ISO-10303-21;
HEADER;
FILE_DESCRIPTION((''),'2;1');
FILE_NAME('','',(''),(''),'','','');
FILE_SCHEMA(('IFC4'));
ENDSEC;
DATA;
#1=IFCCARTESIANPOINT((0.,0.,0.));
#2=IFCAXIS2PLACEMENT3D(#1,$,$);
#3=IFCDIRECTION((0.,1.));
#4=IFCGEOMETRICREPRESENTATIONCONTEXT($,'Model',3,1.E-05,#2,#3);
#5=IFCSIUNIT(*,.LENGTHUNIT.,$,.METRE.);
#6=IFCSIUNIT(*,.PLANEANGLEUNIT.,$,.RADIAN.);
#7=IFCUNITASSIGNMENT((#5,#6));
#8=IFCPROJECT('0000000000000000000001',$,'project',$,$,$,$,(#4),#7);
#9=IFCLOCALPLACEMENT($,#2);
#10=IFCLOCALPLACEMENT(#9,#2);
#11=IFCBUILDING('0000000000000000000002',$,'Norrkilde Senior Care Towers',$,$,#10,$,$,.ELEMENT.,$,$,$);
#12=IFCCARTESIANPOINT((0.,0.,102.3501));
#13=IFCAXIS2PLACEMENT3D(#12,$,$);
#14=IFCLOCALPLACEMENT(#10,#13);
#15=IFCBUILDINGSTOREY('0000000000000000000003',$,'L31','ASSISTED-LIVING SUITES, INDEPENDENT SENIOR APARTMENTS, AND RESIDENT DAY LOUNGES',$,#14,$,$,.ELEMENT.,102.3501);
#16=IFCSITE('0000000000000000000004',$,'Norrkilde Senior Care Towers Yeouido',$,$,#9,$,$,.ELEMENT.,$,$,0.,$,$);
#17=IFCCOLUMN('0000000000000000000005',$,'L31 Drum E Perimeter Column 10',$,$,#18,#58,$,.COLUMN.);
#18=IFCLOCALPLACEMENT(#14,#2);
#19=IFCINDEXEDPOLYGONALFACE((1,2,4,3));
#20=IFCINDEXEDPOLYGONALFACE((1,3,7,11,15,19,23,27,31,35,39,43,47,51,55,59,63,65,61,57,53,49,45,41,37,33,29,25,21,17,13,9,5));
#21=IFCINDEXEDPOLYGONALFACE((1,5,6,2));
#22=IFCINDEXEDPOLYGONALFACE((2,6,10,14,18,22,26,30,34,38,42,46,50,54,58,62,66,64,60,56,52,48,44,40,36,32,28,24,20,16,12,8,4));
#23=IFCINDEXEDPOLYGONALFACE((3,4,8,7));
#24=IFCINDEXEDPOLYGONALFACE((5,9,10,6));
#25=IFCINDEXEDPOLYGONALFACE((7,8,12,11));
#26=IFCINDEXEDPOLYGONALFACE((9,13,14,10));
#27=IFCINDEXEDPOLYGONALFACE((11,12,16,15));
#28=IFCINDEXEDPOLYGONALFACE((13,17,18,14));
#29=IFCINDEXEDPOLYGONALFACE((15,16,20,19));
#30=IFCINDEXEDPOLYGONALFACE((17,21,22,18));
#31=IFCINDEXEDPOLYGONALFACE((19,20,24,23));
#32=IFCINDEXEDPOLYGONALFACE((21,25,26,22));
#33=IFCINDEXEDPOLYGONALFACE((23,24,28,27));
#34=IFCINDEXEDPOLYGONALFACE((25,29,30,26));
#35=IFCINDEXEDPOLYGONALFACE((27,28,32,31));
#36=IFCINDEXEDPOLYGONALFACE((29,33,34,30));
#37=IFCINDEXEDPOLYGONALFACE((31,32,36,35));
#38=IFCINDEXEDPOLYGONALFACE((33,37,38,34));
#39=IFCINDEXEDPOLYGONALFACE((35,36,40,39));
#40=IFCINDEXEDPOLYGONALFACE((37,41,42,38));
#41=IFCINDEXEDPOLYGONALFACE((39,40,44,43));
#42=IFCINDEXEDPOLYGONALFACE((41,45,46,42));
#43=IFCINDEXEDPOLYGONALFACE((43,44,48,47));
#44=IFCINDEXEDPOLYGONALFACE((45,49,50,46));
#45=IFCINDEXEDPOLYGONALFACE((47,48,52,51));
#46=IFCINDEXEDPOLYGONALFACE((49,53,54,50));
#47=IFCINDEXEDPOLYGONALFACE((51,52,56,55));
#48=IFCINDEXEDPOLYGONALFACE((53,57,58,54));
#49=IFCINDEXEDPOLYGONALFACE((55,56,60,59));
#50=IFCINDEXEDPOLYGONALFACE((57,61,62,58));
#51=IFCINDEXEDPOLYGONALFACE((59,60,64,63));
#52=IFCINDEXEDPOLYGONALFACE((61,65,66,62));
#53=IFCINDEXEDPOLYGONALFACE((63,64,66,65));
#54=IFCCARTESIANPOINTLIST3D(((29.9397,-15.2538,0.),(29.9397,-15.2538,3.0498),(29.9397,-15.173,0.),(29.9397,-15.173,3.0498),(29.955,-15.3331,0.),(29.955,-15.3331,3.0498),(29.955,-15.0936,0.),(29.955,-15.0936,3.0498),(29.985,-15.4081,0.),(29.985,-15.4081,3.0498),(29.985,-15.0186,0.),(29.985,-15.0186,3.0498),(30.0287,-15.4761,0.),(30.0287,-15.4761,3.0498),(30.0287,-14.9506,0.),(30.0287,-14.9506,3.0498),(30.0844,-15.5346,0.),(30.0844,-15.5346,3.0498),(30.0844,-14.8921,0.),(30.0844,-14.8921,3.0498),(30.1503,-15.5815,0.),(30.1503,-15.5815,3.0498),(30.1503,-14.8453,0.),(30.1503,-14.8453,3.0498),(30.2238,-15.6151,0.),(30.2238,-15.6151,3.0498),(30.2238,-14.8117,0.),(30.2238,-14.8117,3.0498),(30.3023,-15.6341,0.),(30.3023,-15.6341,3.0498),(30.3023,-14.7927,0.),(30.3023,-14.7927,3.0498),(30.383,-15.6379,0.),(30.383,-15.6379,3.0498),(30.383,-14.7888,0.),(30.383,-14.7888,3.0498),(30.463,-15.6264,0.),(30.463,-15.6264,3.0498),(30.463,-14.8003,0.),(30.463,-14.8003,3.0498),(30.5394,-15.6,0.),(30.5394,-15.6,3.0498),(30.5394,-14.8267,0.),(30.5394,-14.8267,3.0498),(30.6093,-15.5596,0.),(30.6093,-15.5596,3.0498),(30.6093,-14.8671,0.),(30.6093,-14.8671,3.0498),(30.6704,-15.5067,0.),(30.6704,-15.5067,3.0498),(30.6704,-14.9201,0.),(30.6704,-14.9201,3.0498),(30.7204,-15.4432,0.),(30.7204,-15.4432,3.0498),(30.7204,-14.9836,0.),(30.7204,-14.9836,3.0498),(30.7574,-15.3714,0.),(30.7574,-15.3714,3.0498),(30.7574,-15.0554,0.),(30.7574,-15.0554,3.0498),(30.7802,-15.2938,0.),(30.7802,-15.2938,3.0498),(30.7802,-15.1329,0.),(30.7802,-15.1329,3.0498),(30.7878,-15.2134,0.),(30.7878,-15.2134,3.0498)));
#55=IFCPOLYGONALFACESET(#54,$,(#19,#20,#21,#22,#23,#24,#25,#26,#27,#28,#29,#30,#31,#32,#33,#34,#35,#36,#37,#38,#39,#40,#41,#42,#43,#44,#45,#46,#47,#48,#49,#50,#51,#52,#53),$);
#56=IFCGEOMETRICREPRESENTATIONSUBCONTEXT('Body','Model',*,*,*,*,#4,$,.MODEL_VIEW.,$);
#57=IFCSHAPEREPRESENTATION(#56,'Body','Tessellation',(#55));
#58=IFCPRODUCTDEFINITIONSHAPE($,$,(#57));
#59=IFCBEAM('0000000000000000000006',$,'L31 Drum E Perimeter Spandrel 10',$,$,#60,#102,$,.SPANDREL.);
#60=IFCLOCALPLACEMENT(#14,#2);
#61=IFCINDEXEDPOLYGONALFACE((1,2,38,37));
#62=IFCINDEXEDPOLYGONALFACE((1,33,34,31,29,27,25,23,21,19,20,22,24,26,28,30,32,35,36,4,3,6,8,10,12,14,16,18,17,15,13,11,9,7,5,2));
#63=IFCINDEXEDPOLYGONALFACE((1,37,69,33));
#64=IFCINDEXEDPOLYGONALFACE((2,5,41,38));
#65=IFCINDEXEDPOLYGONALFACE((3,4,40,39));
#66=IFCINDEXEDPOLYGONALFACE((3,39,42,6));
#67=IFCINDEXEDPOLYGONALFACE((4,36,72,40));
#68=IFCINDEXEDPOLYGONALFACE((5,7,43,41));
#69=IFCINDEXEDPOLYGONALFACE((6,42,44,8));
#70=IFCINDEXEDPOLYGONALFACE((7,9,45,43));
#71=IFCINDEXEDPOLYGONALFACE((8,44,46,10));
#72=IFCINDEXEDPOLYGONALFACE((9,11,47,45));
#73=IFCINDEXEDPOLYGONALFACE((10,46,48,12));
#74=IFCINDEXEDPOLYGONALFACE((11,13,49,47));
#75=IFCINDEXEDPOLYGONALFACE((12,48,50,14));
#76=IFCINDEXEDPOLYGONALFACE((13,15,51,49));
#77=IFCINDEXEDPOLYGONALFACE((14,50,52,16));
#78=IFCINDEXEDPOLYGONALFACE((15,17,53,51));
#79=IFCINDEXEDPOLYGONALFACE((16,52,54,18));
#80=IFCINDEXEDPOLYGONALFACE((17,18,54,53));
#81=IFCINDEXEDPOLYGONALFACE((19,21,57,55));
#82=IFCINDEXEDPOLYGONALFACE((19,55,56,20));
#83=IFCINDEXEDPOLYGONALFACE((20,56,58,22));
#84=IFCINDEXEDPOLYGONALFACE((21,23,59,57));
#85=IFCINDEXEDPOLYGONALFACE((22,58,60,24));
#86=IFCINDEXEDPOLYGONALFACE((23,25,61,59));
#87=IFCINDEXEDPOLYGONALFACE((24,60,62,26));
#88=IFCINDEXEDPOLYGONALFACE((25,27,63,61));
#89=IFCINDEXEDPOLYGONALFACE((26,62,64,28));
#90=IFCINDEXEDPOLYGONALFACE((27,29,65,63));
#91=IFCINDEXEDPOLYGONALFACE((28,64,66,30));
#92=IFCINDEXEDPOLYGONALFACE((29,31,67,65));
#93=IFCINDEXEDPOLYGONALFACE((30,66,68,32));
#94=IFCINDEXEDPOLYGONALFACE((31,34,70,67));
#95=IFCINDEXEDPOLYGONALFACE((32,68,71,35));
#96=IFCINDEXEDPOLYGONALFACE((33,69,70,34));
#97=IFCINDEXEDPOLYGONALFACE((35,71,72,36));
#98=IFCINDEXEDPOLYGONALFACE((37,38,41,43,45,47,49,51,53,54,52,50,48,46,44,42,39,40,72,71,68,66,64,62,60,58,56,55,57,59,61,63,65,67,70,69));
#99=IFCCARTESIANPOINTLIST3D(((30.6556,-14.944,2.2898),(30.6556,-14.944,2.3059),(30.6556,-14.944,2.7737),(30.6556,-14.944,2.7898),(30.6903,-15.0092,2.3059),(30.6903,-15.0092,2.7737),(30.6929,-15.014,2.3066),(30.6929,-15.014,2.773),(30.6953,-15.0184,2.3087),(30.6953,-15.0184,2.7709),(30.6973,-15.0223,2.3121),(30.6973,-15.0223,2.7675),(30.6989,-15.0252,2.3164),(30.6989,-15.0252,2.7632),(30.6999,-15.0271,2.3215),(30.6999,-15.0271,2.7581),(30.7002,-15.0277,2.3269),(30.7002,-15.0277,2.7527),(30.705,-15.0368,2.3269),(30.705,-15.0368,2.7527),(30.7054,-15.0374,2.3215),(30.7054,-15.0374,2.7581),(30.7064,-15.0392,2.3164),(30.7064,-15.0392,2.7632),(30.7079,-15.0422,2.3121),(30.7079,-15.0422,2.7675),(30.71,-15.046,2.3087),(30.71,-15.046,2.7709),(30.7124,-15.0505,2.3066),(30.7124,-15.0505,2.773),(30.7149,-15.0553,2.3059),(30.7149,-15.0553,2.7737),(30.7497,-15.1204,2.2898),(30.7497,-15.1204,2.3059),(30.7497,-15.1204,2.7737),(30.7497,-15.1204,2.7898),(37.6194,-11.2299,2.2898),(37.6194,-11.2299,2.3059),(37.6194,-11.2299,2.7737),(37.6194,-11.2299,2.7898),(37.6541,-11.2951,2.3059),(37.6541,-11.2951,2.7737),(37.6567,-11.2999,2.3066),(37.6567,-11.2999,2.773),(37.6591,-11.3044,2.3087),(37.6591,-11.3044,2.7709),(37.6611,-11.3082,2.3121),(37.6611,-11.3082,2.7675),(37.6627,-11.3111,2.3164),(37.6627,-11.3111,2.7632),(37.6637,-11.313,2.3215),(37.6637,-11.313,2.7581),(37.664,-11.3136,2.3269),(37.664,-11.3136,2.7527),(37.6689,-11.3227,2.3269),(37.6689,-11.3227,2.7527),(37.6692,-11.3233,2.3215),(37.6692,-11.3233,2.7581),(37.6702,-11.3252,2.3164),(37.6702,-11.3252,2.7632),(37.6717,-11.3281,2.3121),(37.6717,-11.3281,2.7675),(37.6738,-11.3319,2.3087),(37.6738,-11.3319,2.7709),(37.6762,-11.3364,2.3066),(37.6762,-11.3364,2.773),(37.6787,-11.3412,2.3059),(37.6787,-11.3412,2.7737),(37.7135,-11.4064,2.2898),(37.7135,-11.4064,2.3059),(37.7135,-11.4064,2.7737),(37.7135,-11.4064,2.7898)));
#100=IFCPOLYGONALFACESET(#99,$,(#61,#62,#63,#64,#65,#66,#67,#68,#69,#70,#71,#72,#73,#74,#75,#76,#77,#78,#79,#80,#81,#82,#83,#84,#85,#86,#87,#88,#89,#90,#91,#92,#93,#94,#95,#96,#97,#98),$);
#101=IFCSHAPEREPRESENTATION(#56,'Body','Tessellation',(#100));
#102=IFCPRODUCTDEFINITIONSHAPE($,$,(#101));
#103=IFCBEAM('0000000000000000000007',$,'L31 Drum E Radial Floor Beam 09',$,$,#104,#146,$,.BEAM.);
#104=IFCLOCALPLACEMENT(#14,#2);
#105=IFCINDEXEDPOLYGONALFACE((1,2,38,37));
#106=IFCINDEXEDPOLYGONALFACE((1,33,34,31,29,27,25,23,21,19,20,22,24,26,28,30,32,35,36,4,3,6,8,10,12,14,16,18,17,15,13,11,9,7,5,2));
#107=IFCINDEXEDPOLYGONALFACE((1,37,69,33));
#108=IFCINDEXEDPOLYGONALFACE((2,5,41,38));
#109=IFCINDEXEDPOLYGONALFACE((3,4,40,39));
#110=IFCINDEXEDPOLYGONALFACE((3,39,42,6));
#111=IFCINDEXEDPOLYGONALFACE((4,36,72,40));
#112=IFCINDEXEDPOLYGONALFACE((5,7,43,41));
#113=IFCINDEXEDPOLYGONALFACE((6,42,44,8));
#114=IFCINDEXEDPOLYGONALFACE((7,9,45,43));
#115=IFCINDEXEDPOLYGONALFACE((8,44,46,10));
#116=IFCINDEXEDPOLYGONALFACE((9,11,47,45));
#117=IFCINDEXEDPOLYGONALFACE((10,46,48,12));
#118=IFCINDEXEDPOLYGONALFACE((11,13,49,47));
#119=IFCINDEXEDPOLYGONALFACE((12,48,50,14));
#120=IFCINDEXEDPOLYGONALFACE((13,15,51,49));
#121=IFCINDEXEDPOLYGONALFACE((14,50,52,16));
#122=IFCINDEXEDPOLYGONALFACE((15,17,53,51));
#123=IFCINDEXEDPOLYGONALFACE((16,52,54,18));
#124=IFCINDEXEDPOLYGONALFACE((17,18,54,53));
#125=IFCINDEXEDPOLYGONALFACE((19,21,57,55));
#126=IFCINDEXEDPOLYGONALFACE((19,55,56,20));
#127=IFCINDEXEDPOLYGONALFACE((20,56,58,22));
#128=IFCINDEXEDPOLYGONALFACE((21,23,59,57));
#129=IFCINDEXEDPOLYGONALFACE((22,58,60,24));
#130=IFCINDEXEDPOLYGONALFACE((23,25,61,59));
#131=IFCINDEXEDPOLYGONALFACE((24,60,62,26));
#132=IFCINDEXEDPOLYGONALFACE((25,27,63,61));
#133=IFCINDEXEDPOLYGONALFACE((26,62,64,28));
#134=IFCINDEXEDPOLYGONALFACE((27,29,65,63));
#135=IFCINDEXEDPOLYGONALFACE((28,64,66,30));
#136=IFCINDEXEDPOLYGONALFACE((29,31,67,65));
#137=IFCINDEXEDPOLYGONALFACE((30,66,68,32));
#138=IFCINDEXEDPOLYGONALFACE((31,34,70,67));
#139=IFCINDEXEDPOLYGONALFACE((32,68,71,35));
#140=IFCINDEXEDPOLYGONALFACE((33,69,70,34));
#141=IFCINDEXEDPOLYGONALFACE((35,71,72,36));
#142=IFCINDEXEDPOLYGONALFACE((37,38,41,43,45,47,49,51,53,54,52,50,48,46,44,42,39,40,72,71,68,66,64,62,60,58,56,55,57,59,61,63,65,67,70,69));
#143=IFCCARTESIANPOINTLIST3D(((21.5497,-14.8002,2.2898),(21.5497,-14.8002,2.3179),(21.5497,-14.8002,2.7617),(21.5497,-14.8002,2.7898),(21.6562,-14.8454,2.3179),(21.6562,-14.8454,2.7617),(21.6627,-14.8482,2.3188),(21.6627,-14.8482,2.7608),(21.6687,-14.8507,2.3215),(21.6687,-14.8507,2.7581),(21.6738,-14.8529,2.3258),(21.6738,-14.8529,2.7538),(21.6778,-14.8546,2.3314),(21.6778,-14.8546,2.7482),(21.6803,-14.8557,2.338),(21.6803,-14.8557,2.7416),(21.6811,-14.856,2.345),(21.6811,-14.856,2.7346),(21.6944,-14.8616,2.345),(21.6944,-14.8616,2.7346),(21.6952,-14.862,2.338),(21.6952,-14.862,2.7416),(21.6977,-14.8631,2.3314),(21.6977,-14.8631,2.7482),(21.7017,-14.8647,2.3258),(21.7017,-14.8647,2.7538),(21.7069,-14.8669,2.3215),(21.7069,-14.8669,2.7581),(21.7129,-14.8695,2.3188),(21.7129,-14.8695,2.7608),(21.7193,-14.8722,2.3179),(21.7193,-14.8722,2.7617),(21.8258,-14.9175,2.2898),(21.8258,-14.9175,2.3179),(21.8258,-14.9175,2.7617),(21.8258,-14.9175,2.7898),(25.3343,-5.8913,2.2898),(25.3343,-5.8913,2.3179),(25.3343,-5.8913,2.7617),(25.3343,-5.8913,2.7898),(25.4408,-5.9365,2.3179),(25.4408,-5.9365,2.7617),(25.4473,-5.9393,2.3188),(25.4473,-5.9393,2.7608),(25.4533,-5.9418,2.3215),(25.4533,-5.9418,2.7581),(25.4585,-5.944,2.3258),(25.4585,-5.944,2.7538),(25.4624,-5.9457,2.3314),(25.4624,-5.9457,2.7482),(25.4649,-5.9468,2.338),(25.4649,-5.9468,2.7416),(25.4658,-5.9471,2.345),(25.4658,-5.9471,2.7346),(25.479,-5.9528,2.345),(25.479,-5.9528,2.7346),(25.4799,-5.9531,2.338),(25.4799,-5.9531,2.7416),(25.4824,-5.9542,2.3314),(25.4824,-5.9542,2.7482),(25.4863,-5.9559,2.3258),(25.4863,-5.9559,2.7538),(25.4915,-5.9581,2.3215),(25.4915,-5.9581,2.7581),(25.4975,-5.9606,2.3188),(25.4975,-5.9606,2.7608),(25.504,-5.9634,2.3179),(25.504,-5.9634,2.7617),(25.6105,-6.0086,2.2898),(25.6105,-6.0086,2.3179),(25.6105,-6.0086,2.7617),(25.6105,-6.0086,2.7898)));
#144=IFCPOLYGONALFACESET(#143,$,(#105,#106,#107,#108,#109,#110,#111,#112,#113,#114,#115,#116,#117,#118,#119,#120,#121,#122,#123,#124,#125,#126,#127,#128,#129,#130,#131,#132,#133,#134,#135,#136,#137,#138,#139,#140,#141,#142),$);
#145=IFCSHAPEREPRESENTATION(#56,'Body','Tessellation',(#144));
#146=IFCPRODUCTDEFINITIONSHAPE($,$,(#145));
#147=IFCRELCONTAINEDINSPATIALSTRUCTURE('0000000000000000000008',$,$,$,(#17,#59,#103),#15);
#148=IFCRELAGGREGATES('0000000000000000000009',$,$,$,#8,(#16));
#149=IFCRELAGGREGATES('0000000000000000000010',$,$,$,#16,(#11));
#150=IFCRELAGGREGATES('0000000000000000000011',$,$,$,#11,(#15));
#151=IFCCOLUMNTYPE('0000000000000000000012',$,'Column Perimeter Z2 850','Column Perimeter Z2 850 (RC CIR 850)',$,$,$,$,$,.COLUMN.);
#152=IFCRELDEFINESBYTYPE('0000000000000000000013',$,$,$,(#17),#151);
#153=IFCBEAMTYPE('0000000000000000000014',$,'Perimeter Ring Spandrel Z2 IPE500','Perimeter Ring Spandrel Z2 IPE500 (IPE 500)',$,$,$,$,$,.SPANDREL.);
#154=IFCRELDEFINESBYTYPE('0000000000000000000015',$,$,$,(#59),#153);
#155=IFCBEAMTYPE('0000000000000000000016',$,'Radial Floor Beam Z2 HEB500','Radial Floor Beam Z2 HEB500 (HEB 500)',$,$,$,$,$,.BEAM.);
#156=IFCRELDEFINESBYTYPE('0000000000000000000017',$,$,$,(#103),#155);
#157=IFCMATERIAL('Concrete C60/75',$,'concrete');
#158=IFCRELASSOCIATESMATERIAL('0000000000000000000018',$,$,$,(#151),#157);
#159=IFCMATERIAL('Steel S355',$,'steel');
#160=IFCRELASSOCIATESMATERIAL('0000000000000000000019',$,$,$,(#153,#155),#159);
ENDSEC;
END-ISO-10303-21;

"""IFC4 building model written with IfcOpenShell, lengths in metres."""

from ifc_helpers import new_model, si_unit, direction, frame, origin, origin_2d, place, context, subcontext, project, spatial, circle, i_section, extrude, source, transform, mapped, material, material_profile, profile_set, type_object, type_shapes, element, save


model = new_model("IFC4")

# Units and contexts
model_context = context("Model", 3, precision=1e-05, world=origin(), true_north=direction((0.0, 1.0)))
body_context = subcontext(model_context, "Body", "Model", "MODEL_VIEW")
ifc_project = project(units=[si_unit("LENGTHUNIT", "METRE"), si_unit("PLANEANGLEUNIT", "RADIAN")], contexts=[model_context])

# Site, building, storey
site_placement = place(None, origin())
site = spatial("IfcSite", under=ifc_project, at=site_placement, Name="Norrkilde Senior Care Towers Yeouido", CompositionType="ELEMENT", RefElevation=0.0)
building_placement = place(site_placement, origin())
building = spatial("IfcBuilding", under=site, at=building_placement, Name="Norrkilde Senior Care Towers", CompositionType="ELEMENT")
storey_placement = place(building_placement, frame((0.0, 0.0, 102.3501)))
storey = spatial("IfcBuildingStorey", under=building, at=storey_placement, Name="L31", Description="ASSISTED-LIVING SUITES, INDEPENDENT SENIOR APARTMENTS, AND RESIDENT DAY LOUNGES", CompositionType="ELEMENT", Elevation=102.3501)

# Column
ifc_material_1 = material(Name="Concrete C60/75", Category="concrete")
ifc_material_profile_1 = material_profile(ifc_material_1, circle(Radius=0.425, at=origin_2d()), Name="RC CIR 850")
ifc_profile_set_1 = profile_set([ifc_material_profile_1], Name="Concrete C60/75")
column_type = type_object("IfcColumnType", Name="Column Perimeter Z2 850", Description="Column Perimeter Z2 850 (RC CIR 850)", PredefinedType="COLUMN", material=ifc_profile_set_1)
shared_shape_1 = source(origin(), body_context, "Body", "SweptSolid", [
    extrude(circle(Radius=0.425, at=origin_2d()), origin(), (0.0, 0.0, 1.0), 3.0498),
])
type_shapes(column_type, [shared_shape_1])
column_placement = place(storey_placement, frame((30.3628, -15.2134, 0.0), z_axis=(0.0, 0.0, 1.0), x_axis=(1.0, 0.0, 0.0)))
element("IfcColumn", 1, at=column_placement, inside=storey, type_object=column_type, Name="L31 Drum E Perimeter Column 10", PredefinedType="COLUMN", context=body_context, shape_type="MappedRepresentation", body=[
    mapped(shared_shape_1, transform((0.0, 0.0, 0.0), x_axis=(1.0, 0.0, 0.0), y_axis=(0.0, 1.0, 0.0), z_axis=(0.0, 0.0, 1.0), scale=1.0)),
])

# Beams
ifc_material_2 = material(Name="Steel S355", Category="steel")
ifc_material_profile_2 = material_profile(ifc_material_2, i_section(OverallWidth=0.2, OverallDepth=0.5, WebThickness=0.0103, FlangeThickness=0.0161, FilletRadius=0.021, at=origin_2d()), Name="IPE 500")
ifc_profile_set_2 = profile_set([ifc_material_profile_2], Name="Steel S355")
beam_type_1 = type_object("IfcBeamType", Name="Perimeter Ring Spandrel Z2 IPE500", Description="Perimeter Ring Spandrel Z2 IPE500 (IPE 500)", PredefinedType="SPANDREL", material=ifc_profile_set_2)
shared_shape_2 = source(origin(), body_context, "Body", "SweptSolid", [
    extrude(i_section(OverallWidth=0.2, OverallDepth=0.5, WebThickness=0.0103, FlangeThickness=0.0161, FilletRadius=0.021, at=origin_2d()), origin(), (0.0, 0.0, 1.0), 7.8923),
])
type_shapes(beam_type_1, [shared_shape_2])
beam_1_placement = place(storey_placement, frame((30.7026, -15.0322, 2.5398), z_axis=(0.88235, 0.470593, 0.0), x_axis=(-0.470593, 0.88235, 0.0)))
element("IfcBeam", 2, at=beam_1_placement, inside=storey, type_object=beam_type_1, Name="L31 Drum E Perimeter Spandrel 10", PredefinedType="SPANDREL", context=body_context, shape_type="MappedRepresentation", body=[
    mapped(shared_shape_2, transform((0.0, 0.0, 0.0), x_axis=(1.0, 0.0, 0.0), y_axis=(0.0, 1.0, 0.0), z_axis=(0.0, 0.0, 1.0), scale=1.0)),
])
ifc_material_profile_3 = material_profile(ifc_material_2, i_section(OverallWidth=0.3, OverallDepth=0.5, WebThickness=0.0144, FlangeThickness=0.0281, FilletRadius=0.0271, at=origin_2d()), Name="HEB 500")
ifc_profile_set_3 = profile_set([ifc_material_profile_3], Name="Steel S355")
beam_type_2 = type_object("IfcBeamType", Name="Radial Floor Beam Z2 HEB500", Description="Radial Floor Beam Z2 HEB500 (HEB 500)", PredefinedType="BEAM", material=ifc_profile_set_3)
shared_shape_3 = source(origin(), body_context, "Body", "SweptSolid", [
    extrude(i_section(OverallWidth=0.3, OverallDepth=0.5, WebThickness=0.0144, FlangeThickness=0.0281, FilletRadius=0.0271, at=origin_2d()), origin(), (0.0, 0.0, 1.0), 9.6794),
])
beam_2_placement = place(storey_placement, frame((25.4724, -5.95, 2.5398), z_axis=(-0.390998, -0.920392, 0.0), x_axis=(0.920392, -0.390998, 0.0)))
element("IfcBeam", 3, at=beam_2_placement, inside=storey, type_object=beam_type_2, Name="L31 Drum E Radial Floor Beam 09", PredefinedType="BEAM", context=body_context, shape_type="MappedRepresentation", body=[
    mapped(shared_shape_3, transform((0.0, 0.0, 0.0), x_axis=(1.0, 0.0, 0.0), y_axis=(0.0, 1.0, 0.0), z_axis=(0.0, 0.0, 1.0), scale=1.0)),
])

save(model, "model.ifc")
